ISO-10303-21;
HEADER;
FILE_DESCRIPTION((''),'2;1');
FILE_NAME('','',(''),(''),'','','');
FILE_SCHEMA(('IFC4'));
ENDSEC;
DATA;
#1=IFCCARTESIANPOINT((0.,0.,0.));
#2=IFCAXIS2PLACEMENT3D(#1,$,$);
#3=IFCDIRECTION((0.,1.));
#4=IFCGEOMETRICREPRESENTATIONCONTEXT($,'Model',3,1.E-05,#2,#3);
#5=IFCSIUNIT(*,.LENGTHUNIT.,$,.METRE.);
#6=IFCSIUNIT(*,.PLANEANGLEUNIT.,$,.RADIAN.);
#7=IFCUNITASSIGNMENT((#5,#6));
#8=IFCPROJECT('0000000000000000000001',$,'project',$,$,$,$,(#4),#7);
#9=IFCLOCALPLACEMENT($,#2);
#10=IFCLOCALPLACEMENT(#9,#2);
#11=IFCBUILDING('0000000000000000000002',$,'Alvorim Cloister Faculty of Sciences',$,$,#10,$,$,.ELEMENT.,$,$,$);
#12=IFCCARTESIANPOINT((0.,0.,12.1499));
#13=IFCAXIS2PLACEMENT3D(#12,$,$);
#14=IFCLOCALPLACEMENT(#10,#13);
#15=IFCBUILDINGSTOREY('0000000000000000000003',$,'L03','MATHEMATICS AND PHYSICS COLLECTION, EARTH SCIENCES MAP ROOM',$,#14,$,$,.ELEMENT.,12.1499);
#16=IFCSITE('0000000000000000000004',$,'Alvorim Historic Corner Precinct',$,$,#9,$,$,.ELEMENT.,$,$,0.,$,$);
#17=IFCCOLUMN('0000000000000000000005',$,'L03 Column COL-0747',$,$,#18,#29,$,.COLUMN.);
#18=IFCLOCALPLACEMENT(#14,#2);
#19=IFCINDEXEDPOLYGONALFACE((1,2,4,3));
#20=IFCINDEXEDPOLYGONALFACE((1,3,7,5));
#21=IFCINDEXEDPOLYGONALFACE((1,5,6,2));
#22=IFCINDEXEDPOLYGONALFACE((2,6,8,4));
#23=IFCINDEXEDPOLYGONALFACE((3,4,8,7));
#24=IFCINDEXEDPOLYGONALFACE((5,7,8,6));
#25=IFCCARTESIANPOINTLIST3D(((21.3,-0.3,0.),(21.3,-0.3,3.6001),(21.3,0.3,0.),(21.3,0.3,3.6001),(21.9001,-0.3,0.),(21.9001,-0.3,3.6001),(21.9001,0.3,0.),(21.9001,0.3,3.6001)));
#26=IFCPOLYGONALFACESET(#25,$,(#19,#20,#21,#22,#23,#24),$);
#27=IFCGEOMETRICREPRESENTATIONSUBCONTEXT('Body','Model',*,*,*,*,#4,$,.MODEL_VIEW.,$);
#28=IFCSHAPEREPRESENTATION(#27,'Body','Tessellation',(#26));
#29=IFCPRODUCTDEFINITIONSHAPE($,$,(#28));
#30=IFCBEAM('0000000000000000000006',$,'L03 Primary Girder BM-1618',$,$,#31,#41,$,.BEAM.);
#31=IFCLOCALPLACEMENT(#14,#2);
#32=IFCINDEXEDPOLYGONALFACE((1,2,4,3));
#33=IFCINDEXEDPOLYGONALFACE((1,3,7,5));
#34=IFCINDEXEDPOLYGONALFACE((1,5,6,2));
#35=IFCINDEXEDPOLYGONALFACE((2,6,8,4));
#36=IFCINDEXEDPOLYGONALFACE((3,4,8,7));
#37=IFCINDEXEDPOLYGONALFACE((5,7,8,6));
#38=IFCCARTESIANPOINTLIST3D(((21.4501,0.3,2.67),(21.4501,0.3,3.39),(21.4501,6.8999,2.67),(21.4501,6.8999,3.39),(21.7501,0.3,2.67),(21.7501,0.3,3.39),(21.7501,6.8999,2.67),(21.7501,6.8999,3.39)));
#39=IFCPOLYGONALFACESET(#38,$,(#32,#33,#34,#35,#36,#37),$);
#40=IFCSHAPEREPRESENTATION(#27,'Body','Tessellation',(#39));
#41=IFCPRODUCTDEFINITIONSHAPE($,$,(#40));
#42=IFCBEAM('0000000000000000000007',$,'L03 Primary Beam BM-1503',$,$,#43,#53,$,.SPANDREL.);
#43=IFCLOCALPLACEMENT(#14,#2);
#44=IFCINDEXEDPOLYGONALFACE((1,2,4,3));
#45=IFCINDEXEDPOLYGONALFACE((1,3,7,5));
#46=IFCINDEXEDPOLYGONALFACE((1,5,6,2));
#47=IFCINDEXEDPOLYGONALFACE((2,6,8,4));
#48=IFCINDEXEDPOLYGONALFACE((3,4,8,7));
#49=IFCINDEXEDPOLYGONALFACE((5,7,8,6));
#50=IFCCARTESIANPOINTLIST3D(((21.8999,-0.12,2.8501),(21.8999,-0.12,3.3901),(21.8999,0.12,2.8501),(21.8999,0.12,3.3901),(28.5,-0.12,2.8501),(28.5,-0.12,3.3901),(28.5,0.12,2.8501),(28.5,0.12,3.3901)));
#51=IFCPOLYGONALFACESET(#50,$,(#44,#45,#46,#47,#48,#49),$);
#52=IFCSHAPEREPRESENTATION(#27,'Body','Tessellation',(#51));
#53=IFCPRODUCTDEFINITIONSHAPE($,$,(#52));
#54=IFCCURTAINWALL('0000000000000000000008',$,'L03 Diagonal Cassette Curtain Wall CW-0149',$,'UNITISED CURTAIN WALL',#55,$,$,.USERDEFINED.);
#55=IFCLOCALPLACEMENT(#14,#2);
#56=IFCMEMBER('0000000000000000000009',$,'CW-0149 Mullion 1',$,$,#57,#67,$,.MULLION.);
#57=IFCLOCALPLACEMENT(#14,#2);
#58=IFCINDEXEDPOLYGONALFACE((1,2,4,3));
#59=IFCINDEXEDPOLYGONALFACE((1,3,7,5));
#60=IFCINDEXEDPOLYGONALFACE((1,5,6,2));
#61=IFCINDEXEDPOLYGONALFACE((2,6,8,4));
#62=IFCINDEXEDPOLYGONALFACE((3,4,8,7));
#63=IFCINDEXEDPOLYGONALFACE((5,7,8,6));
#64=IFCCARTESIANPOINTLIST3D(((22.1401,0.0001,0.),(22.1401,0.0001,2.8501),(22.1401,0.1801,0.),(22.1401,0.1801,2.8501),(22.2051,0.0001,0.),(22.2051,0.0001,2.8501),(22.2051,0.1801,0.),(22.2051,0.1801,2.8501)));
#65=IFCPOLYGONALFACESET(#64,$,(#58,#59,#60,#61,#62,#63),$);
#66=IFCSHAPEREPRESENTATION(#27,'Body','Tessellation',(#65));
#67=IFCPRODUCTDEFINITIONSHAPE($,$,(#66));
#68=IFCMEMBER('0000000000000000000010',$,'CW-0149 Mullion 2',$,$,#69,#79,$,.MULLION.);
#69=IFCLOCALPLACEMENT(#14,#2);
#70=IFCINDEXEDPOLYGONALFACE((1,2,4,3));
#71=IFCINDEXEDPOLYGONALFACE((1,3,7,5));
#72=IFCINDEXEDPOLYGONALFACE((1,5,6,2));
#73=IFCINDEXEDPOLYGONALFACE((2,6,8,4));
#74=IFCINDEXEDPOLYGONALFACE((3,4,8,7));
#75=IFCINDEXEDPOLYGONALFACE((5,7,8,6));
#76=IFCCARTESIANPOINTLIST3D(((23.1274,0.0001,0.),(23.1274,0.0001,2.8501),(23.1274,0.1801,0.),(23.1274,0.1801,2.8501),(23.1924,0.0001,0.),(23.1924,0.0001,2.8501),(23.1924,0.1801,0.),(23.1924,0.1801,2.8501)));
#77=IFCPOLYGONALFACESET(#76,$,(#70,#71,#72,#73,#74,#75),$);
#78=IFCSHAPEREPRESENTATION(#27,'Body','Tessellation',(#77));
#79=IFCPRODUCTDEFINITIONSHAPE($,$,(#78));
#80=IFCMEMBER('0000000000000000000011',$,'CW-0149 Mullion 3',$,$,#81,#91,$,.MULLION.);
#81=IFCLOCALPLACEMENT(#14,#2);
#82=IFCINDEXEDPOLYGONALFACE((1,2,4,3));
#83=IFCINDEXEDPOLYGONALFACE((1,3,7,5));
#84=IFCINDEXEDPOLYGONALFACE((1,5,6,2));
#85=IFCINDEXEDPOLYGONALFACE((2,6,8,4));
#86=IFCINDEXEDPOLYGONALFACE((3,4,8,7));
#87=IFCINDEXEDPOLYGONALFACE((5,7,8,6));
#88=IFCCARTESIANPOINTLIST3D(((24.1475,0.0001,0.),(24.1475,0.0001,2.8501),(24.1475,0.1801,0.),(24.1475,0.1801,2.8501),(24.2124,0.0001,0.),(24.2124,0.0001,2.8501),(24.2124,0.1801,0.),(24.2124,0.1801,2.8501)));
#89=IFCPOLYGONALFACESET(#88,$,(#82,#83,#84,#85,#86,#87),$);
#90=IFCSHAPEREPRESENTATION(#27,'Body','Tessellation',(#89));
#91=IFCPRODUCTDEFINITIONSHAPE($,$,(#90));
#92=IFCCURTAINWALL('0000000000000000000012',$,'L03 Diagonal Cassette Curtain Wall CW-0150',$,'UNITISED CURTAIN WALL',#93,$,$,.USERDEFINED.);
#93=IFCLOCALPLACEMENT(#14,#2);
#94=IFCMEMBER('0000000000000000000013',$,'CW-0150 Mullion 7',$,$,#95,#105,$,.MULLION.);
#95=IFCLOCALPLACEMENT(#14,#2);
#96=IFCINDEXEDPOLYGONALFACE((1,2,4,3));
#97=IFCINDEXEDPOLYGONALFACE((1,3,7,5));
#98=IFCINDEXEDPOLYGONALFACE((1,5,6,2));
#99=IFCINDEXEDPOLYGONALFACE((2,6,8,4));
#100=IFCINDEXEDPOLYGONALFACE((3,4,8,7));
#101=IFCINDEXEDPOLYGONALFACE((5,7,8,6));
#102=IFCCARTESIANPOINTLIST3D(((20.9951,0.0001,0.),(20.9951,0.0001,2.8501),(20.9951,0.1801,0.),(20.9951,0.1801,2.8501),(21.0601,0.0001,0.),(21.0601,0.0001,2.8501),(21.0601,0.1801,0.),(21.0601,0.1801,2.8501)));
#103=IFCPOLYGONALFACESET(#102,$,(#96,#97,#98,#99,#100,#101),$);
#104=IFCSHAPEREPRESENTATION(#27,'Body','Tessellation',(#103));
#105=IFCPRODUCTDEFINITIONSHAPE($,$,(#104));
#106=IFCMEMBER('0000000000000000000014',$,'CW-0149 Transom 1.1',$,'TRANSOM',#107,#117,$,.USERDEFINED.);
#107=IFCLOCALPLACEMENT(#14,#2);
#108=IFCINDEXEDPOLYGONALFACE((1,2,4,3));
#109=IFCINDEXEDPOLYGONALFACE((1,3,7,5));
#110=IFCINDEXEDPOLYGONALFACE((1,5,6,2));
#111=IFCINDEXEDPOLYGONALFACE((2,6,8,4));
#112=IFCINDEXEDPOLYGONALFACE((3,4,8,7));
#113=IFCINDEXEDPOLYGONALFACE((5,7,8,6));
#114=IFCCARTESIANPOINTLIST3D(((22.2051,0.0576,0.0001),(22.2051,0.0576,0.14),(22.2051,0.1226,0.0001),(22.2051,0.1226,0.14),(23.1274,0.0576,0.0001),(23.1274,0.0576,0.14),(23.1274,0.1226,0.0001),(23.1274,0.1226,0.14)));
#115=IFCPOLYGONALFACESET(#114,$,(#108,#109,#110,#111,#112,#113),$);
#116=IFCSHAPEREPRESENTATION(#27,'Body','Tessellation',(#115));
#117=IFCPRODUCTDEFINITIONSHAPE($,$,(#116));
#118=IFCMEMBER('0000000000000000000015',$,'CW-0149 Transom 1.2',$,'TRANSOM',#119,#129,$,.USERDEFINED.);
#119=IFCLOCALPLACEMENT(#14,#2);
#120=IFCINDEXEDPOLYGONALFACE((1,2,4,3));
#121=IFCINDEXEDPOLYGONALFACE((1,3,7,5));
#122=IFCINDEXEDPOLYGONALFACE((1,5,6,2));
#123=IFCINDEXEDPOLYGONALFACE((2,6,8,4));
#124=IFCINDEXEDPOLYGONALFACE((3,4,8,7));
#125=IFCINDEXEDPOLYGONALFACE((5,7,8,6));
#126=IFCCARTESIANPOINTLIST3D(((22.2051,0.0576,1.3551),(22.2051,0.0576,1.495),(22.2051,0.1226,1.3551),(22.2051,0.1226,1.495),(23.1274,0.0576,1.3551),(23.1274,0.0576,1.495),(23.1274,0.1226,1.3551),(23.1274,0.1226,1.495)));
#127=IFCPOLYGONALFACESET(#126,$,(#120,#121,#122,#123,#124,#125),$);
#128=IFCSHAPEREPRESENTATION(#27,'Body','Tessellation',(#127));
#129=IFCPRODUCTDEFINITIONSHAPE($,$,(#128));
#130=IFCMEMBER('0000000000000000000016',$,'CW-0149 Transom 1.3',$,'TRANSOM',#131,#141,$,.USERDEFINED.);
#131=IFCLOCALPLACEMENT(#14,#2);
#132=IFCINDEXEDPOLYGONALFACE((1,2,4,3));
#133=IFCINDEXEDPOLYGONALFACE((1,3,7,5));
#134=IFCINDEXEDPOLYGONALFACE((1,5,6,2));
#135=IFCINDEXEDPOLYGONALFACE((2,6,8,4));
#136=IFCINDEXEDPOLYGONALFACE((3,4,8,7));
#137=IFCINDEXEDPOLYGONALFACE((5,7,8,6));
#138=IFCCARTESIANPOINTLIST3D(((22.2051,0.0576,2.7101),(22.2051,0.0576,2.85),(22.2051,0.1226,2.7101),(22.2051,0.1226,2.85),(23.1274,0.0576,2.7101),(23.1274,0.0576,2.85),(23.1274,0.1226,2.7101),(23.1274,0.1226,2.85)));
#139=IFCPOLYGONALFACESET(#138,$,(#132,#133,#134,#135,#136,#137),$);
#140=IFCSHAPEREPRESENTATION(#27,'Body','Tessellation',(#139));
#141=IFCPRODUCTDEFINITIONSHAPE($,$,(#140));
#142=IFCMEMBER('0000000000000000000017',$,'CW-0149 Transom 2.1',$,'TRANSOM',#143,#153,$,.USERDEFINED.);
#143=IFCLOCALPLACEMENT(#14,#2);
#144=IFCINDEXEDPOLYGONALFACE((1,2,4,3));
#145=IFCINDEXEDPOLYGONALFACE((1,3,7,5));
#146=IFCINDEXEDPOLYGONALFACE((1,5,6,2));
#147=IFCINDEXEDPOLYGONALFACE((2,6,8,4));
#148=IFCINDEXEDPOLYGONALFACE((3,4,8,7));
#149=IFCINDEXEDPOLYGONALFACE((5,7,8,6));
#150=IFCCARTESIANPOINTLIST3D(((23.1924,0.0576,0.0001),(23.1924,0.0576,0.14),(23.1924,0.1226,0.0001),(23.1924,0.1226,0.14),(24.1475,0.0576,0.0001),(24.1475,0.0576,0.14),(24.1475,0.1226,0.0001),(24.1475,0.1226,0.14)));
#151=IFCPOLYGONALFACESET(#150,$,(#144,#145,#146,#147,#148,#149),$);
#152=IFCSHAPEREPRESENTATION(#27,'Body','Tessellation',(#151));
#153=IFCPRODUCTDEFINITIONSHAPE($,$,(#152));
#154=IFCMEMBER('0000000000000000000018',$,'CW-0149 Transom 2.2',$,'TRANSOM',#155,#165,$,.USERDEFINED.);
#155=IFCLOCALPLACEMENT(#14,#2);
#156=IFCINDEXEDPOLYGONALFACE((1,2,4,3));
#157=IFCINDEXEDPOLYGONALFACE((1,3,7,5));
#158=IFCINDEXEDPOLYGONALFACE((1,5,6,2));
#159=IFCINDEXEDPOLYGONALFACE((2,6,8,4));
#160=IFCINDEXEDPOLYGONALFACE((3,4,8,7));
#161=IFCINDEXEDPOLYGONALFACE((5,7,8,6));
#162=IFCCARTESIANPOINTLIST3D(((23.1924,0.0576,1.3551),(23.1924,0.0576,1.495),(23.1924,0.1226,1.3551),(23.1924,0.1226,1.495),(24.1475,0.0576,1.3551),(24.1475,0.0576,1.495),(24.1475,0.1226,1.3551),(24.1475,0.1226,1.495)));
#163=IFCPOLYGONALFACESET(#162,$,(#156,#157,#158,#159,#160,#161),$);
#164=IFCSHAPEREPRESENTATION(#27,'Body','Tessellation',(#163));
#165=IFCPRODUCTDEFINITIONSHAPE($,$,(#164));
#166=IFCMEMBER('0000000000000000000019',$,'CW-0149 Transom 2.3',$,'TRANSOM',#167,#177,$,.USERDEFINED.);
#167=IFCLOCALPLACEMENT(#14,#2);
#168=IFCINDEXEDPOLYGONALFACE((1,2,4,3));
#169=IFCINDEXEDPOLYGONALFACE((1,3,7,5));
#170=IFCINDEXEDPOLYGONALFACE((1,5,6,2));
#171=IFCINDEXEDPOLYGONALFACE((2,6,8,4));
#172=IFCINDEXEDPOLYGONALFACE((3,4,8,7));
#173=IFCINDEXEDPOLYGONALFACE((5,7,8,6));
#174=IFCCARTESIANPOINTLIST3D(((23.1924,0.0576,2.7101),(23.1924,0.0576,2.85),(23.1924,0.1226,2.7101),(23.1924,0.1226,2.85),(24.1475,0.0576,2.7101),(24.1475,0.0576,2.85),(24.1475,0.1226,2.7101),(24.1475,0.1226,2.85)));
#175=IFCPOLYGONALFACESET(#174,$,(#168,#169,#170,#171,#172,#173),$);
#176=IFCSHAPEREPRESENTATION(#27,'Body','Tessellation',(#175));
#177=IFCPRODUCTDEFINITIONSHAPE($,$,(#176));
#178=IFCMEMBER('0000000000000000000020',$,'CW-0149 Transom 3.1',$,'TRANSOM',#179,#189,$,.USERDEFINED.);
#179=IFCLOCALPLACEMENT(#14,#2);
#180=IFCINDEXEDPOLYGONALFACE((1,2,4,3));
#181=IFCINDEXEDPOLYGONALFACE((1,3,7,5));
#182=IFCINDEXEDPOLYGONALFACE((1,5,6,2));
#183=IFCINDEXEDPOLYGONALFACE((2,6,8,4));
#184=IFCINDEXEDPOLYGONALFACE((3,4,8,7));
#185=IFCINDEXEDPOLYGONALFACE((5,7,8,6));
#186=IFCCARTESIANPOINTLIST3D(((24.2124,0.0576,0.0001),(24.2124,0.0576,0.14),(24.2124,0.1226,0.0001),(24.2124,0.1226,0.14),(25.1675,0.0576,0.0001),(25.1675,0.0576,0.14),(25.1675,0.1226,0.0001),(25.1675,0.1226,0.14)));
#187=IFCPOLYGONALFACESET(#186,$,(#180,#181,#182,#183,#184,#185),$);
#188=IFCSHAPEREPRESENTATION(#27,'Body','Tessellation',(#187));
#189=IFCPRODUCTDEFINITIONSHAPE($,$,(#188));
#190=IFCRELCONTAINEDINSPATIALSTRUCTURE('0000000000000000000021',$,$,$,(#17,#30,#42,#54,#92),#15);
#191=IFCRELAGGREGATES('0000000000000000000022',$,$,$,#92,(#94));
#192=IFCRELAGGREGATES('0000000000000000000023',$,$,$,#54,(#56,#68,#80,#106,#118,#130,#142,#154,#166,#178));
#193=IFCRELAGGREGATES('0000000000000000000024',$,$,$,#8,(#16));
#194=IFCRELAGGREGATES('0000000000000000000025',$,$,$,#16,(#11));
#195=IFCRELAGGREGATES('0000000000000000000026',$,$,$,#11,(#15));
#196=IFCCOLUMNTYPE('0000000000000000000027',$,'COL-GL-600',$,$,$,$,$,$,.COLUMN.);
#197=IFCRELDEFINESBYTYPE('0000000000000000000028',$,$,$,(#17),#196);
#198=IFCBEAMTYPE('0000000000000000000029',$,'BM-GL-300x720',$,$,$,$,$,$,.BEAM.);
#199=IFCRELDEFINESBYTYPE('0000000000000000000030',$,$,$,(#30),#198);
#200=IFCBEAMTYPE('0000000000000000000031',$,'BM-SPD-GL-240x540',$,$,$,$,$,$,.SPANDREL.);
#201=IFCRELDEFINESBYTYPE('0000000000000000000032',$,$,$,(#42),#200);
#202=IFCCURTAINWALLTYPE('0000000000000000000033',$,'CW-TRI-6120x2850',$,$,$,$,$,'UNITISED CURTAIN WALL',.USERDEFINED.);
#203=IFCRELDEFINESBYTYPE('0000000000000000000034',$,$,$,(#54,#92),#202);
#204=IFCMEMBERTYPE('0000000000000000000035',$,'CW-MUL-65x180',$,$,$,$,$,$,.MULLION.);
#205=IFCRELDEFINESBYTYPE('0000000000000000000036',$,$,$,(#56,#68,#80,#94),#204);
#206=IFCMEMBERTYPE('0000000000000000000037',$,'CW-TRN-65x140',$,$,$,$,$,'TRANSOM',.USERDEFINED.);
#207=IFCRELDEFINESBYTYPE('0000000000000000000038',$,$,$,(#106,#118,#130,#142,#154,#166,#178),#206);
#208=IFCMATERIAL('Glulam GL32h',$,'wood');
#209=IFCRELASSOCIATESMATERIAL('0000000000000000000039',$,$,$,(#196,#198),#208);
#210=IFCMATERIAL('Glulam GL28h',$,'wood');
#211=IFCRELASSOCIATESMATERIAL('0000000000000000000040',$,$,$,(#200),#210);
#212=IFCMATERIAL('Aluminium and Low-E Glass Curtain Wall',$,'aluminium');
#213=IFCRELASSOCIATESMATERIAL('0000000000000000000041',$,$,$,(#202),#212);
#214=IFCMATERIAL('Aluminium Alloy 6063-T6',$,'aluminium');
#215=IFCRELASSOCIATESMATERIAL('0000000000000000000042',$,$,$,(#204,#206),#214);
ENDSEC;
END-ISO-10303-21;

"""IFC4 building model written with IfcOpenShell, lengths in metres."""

from ifc_helpers import new_model, si_unit, direction, frame, origin, origin_2d, place, context, subcontext, project, spatial, rectangle, extrude, material, material_profile, profile_set, type_object, element, aggregate, save


model = new_model("IFC4")

# Units and contexts
model_context = context("Model", 3, precision=1e-05, world=origin(), true_north=direction((0.0, 1.0)))
body_context = subcontext(model_context, "Body", "Model", "MODEL_VIEW")
ifc_project = project(units=[si_unit("LENGTHUNIT", "METRE"), si_unit("PLANEANGLEUNIT", "RADIAN")], contexts=[model_context])

# Site, building, storey
site_placement = place(None, origin())
site = spatial("IfcSite", under=ifc_project, at=site_placement, Name="Alvorim Historic Corner Precinct", CompositionType="ELEMENT", RefElevation=0.0)
building_placement = place(site_placement, origin())
building = spatial("IfcBuilding", under=site, at=building_placement, Name="Alvorim Cloister Faculty of Sciences", CompositionType="ELEMENT")
storey_placement = place(building_placement, frame((0.0, 0.0, 12.1499)))
storey = spatial("IfcBuildingStorey", under=building, at=storey_placement, Name="L03", Description="MATHEMATICS AND PHYSICS COLLECTION, EARTH SCIENCES MAP ROOM", CompositionType="ELEMENT", Elevation=12.1499)

# Column
ifc_material_1 = material(Name="Glulam GL32h", Category="wood")
ifc_material_profile_1 = material_profile(ifc_material_1, rectangle(XDim=0.6001, YDim=0.6001, at=origin_2d()), Name="GL32-COL-600x600")
ifc_profile_set_1 = profile_set([ifc_material_profile_1], Name="Glulam GL32h")
column_type = type_object("IfcColumnType", Name="COL-GL-600", PredefinedType="COLUMN", material=ifc_profile_set_1)
column_placement = place(storey_placement, frame((21.6001, 0.0, 0.0), z_axis=(0.0, 0.0, 1.0), x_axis=(1.0, 0.0, 0.0)))
element("IfcColumn", 1, at=column_placement, inside=storey, type_object=column_type, Name="L03 Column COL-0747", PredefinedType="COLUMN", context=body_context, shape_type="SweptSolid", body=[
    extrude(rectangle(XDim=0.6001, YDim=0.6001, at=origin_2d()), origin(), (0.0, 0.0, 1.0), 3.6001),
])

# Beams
ifc_material_profile_2 = material_profile(ifc_material_1, rectangle(XDim=0.3, YDim=0.72, at=origin_2d()), Name="GL32-BM-300x720")
ifc_profile_set_2 = profile_set([ifc_material_profile_2], Name="Glulam GL32h")
beam_type_1 = type_object("IfcBeamType", Name="BM-GL-300x720", PredefinedType="BEAM", material=ifc_profile_set_2)
beam_1_placement = place(storey_placement, frame((21.6001, 0.3, 3.03), z_axis=(0.0, 1.0, 0.0), x_axis=(-1.0, 0.0, 0.0)))
element("IfcBeam", 2, at=beam_1_placement, inside=storey, type_object=beam_type_1, Name="L03 Primary Girder BM-1618", PredefinedType="BEAM", context=body_context, shape_type="SweptSolid", body=[
    extrude(rectangle(XDim=0.3, YDim=0.72, at=origin_2d()), origin(), (0.0, 0.0, 1.0), 6.5999),
])
ifc_material_2 = material(Name="Glulam GL28h", Category="wood")
ifc_material_profile_3 = material_profile(ifc_material_2, rectangle(XDim=0.24, YDim=0.54, at=origin_2d()), Name="GL28-SPD-240x540")
ifc_profile_set_3 = profile_set([ifc_material_profile_3], Name="Glulam GL28h")
beam_type_2 = type_object("IfcBeamType", Name="BM-SPD-GL-240x540", PredefinedType="SPANDREL", material=ifc_profile_set_3)
beam_2_placement = place(storey_placement, frame((21.8999, 0.0, 3.1201), z_axis=(1.0, 0.0, 0.0), x_axis=(0.0, 1.0, 0.0)))
element("IfcBeam", 3, at=beam_2_placement, inside=storey, type_object=beam_type_2, Name="L03 Primary Beam BM-1503", PredefinedType="SPANDREL", context=body_context, shape_type="SweptSolid", body=[
    extrude(rectangle(XDim=0.24, YDim=0.54, at=origin_2d()), origin(), (0.0, 0.0, 1.0), 6.6001),
])

# Curtain wall, members
ifc_material_3 = material(Name="Aluminium and Low-E Glass Curtain Wall", Category="aluminium")
curtain_wall_type = type_object("IfcCurtainWallType", Name="CW-TRI-6120x2850", ElementType="UNITISED CURTAIN WALL", PredefinedType="USERDEFINED", material=ifc_material_3)
curtain_wall_1_placement = place(storey_placement, origin())
curtain_wall_1 = element("IfcCurtainWall", 4, at=curtain_wall_1_placement, inside=storey, type_object=curtain_wall_type, Name="L03 Diagonal Cassette Curtain Wall CW-0149", ObjectType="UNITISED CURTAIN WALL", PredefinedType="USERDEFINED")
ifc_material_4 = material(Name="Aluminium Alloy 6063-T6", Category="aluminium")
ifc_material_profile_4 = material_profile(ifc_material_4, rectangle(XDim=0.0649, YDim=0.1799, at=origin_2d()), Name="ALU-MUL-65x180")
ifc_profile_set_4 = profile_set([ifc_material_profile_4], Name="Aluminium Alloy 6063-T6")
member_type_1 = type_object("IfcMemberType", Name="CW-MUL-65x180", PredefinedType="MULLION", material=ifc_profile_set_4)
member_1_placement = place(storey_placement, frame((22.1726, 0.0901, 0.0), z_axis=(0.0, 0.0, 1.0), x_axis=(1.0, 0.0, 0.0)))
member_1 = element("IfcMember", 5, at=member_1_placement, type_object=member_type_1, Name="CW-0149 Mullion 1", PredefinedType="MULLION", context=body_context, shape_type="SweptSolid", body=[
    extrude(rectangle(XDim=0.0649, YDim=0.1799, at=origin_2d()), origin(), (0.0, 0.0, 1.0), 2.8501),
])
member_2_placement = place(storey_placement, frame((23.1599, 0.0901, 0.0), z_axis=(0.0, 0.0, 1.0), x_axis=(1.0, 0.0, 0.0)))
member_2 = element("IfcMember", 6, at=member_2_placement, type_object=member_type_1, Name="CW-0149 Mullion 2", PredefinedType="MULLION", context=body_context, shape_type="SweptSolid", body=[
    extrude(rectangle(XDim=0.0649, YDim=0.1799, at=origin_2d()), origin(), (0.0, 0.0, 1.0), 2.8501),
])
member_3_placement = place(storey_placement, frame((24.1799, 0.0901, 0.0), z_axis=(0.0, 0.0, 1.0), x_axis=(1.0, 0.0, 0.0)))
member_3 = element("IfcMember", 7, at=member_3_placement, type_object=member_type_1, Name="CW-0149 Mullion 3", PredefinedType="MULLION", context=body_context, shape_type="SweptSolid", body=[
    extrude(rectangle(XDim=0.0649, YDim=0.1799, at=origin_2d()), origin(), (0.0, 0.0, 1.0), 2.8501),
])

# Curtain wall, member
curtain_wall_2_placement = place(storey_placement, origin())
curtain_wall_2 = element("IfcCurtainWall", 8, at=curtain_wall_2_placement, inside=storey, type_object=curtain_wall_type, Name="L03 Diagonal Cassette Curtain Wall CW-0150", ObjectType="UNITISED CURTAIN WALL", PredefinedType="USERDEFINED")
member_4_placement = place(storey_placement, frame((21.0276, 0.0901, 0.0), z_axis=(0.0, 0.0, 1.0), x_axis=(1.0, 0.0, 0.0)))
member_4 = element("IfcMember", 9, at=member_4_placement, type_object=member_type_1, Name="CW-0150 Mullion 7", PredefinedType="MULLION", context=body_context, shape_type="SweptSolid", body=[
    extrude(rectangle(XDim=0.0649, YDim=0.1799, at=origin_2d()), origin(), (0.0, 0.0, 1.0), 2.8501),
])

# Members
ifc_material_profile_5 = material_profile(ifc_material_4, rectangle(XDim=0.0649, YDim=0.1399, at=origin_2d()), Name="ALU-TRN-65x140")
ifc_profile_set_5 = profile_set([ifc_material_profile_5], Name="Aluminium Alloy 6063-T6")
member_type_2 = type_object("IfcMemberType", Name="CW-TRN-65x140", ElementType="TRANSOM", PredefinedType="USERDEFINED", material=ifc_profile_set_5)
member_5_placement = place(storey_placement, frame((22.2051, 0.0901, 0.0701), z_axis=(1.0, 0.0, 0.0), x_axis=(0.0, 1.0, 0.0)))
member_5 = element("IfcMember", 10, at=member_5_placement, type_object=member_type_2, Name="CW-0149 Transom 1.1", ObjectType="TRANSOM", PredefinedType="USERDEFINED", context=body_context, shape_type="SweptSolid", body=[
    extrude(rectangle(XDim=0.0649, YDim=0.1399, at=origin_2d()), origin(), (0.0, 0.0, 1.0), 0.9224),
])
member_6_placement = place(storey_placement, frame((22.2051, 0.0901, 1.425), z_axis=(1.0, 0.0, 0.0), x_axis=(0.0, 1.0, 0.0)))
member_6 = element("IfcMember", 11, at=member_6_placement, type_object=member_type_2, Name="CW-0149 Transom 1.2", ObjectType="TRANSOM", PredefinedType="USERDEFINED", context=body_context, shape_type="SweptSolid", body=[
    extrude(rectangle(XDim=0.0649, YDim=0.1399, at=origin_2d()), origin(), (0.0, 0.0, 1.0), 0.9224),
])
member_7_placement = place(storey_placement, frame((22.2051, 0.0901, 2.78), z_axis=(1.0, 0.0, 0.0), x_axis=(0.0, 1.0, 0.0)))
member_7 = element("IfcMember", 12, at=member_7_placement, type_object=member_type_2, Name="CW-0149 Transom 1.3", ObjectType="TRANSOM", PredefinedType="USERDEFINED", context=body_context, shape_type="SweptSolid", body=[
    extrude(rectangle(XDim=0.0649, YDim=0.1399, at=origin_2d()), origin(), (0.0, 0.0, 1.0), 0.9224),
])
member_8_placement = place(storey_placement, frame((23.1924, 0.0901, 0.0701), z_axis=(1.0, 0.0, 0.0), x_axis=(0.0, 1.0, 0.0)))
member_8 = element("IfcMember", 13, at=member_8_placement, type_object=member_type_2, Name="CW-0149 Transom 2.1", ObjectType="TRANSOM", PredefinedType="USERDEFINED", context=body_context, shape_type="SweptSolid", body=[
    extrude(rectangle(XDim=0.0649, YDim=0.1399, at=origin_2d()), origin(), (0.0, 0.0, 1.0), 0.9551),
])
member_9_placement = place(storey_placement, frame((23.1924, 0.0901, 1.425), z_axis=(1.0, 0.0, 0.0), x_axis=(0.0, 1.0, 0.0)))
member_9 = element("IfcMember", 14, at=member_9_placement, type_object=member_type_2, Name="CW-0149 Transom 2.2", ObjectType="TRANSOM", PredefinedType="USERDEFINED", context=body_context, shape_type="SweptSolid", body=[
    extrude(rectangle(XDim=0.0649, YDim=0.1399, at=origin_2d()), origin(), (0.0, 0.0, 1.0), 0.9551),
])
member_10_placement = place(storey_placement, frame((23.1924, 0.0901, 2.78), z_axis=(1.0, 0.0, 0.0), x_axis=(0.0, 1.0, 0.0)))
member_10 = element("IfcMember", 15, at=member_10_placement, type_object=member_type_2, Name="CW-0149 Transom 2.3", ObjectType="TRANSOM", PredefinedType="USERDEFINED", context=body_context, shape_type="SweptSolid", body=[
    extrude(rectangle(XDim=0.0649, YDim=0.1399, at=origin_2d()), origin(), (0.0, 0.0, 1.0), 0.9551),
])
member_11_placement = place(storey_placement, frame((24.2124, 0.0901, 0.0701), z_axis=(1.0, 0.0, 0.0), x_axis=(0.0, 1.0, 0.0)))
member_11 = element("IfcMember", 16, at=member_11_placement, type_object=member_type_2, Name="CW-0149 Transom 3.1", ObjectType="TRANSOM", PredefinedType="USERDEFINED", context=body_context, shape_type="SweptSolid", body=[
    extrude(rectangle(XDim=0.0649, YDim=0.1399, at=origin_2d()), origin(), (0.0, 0.0, 1.0), 0.9551),
])
aggregate(curtain_wall_2, [member_4])

aggregate(curtain_wall_1, [member_1, member_2, member_3, member_5, member_6, member_7, member_8, member_9, member_10, member_11])

save(model, "model.ifc")
